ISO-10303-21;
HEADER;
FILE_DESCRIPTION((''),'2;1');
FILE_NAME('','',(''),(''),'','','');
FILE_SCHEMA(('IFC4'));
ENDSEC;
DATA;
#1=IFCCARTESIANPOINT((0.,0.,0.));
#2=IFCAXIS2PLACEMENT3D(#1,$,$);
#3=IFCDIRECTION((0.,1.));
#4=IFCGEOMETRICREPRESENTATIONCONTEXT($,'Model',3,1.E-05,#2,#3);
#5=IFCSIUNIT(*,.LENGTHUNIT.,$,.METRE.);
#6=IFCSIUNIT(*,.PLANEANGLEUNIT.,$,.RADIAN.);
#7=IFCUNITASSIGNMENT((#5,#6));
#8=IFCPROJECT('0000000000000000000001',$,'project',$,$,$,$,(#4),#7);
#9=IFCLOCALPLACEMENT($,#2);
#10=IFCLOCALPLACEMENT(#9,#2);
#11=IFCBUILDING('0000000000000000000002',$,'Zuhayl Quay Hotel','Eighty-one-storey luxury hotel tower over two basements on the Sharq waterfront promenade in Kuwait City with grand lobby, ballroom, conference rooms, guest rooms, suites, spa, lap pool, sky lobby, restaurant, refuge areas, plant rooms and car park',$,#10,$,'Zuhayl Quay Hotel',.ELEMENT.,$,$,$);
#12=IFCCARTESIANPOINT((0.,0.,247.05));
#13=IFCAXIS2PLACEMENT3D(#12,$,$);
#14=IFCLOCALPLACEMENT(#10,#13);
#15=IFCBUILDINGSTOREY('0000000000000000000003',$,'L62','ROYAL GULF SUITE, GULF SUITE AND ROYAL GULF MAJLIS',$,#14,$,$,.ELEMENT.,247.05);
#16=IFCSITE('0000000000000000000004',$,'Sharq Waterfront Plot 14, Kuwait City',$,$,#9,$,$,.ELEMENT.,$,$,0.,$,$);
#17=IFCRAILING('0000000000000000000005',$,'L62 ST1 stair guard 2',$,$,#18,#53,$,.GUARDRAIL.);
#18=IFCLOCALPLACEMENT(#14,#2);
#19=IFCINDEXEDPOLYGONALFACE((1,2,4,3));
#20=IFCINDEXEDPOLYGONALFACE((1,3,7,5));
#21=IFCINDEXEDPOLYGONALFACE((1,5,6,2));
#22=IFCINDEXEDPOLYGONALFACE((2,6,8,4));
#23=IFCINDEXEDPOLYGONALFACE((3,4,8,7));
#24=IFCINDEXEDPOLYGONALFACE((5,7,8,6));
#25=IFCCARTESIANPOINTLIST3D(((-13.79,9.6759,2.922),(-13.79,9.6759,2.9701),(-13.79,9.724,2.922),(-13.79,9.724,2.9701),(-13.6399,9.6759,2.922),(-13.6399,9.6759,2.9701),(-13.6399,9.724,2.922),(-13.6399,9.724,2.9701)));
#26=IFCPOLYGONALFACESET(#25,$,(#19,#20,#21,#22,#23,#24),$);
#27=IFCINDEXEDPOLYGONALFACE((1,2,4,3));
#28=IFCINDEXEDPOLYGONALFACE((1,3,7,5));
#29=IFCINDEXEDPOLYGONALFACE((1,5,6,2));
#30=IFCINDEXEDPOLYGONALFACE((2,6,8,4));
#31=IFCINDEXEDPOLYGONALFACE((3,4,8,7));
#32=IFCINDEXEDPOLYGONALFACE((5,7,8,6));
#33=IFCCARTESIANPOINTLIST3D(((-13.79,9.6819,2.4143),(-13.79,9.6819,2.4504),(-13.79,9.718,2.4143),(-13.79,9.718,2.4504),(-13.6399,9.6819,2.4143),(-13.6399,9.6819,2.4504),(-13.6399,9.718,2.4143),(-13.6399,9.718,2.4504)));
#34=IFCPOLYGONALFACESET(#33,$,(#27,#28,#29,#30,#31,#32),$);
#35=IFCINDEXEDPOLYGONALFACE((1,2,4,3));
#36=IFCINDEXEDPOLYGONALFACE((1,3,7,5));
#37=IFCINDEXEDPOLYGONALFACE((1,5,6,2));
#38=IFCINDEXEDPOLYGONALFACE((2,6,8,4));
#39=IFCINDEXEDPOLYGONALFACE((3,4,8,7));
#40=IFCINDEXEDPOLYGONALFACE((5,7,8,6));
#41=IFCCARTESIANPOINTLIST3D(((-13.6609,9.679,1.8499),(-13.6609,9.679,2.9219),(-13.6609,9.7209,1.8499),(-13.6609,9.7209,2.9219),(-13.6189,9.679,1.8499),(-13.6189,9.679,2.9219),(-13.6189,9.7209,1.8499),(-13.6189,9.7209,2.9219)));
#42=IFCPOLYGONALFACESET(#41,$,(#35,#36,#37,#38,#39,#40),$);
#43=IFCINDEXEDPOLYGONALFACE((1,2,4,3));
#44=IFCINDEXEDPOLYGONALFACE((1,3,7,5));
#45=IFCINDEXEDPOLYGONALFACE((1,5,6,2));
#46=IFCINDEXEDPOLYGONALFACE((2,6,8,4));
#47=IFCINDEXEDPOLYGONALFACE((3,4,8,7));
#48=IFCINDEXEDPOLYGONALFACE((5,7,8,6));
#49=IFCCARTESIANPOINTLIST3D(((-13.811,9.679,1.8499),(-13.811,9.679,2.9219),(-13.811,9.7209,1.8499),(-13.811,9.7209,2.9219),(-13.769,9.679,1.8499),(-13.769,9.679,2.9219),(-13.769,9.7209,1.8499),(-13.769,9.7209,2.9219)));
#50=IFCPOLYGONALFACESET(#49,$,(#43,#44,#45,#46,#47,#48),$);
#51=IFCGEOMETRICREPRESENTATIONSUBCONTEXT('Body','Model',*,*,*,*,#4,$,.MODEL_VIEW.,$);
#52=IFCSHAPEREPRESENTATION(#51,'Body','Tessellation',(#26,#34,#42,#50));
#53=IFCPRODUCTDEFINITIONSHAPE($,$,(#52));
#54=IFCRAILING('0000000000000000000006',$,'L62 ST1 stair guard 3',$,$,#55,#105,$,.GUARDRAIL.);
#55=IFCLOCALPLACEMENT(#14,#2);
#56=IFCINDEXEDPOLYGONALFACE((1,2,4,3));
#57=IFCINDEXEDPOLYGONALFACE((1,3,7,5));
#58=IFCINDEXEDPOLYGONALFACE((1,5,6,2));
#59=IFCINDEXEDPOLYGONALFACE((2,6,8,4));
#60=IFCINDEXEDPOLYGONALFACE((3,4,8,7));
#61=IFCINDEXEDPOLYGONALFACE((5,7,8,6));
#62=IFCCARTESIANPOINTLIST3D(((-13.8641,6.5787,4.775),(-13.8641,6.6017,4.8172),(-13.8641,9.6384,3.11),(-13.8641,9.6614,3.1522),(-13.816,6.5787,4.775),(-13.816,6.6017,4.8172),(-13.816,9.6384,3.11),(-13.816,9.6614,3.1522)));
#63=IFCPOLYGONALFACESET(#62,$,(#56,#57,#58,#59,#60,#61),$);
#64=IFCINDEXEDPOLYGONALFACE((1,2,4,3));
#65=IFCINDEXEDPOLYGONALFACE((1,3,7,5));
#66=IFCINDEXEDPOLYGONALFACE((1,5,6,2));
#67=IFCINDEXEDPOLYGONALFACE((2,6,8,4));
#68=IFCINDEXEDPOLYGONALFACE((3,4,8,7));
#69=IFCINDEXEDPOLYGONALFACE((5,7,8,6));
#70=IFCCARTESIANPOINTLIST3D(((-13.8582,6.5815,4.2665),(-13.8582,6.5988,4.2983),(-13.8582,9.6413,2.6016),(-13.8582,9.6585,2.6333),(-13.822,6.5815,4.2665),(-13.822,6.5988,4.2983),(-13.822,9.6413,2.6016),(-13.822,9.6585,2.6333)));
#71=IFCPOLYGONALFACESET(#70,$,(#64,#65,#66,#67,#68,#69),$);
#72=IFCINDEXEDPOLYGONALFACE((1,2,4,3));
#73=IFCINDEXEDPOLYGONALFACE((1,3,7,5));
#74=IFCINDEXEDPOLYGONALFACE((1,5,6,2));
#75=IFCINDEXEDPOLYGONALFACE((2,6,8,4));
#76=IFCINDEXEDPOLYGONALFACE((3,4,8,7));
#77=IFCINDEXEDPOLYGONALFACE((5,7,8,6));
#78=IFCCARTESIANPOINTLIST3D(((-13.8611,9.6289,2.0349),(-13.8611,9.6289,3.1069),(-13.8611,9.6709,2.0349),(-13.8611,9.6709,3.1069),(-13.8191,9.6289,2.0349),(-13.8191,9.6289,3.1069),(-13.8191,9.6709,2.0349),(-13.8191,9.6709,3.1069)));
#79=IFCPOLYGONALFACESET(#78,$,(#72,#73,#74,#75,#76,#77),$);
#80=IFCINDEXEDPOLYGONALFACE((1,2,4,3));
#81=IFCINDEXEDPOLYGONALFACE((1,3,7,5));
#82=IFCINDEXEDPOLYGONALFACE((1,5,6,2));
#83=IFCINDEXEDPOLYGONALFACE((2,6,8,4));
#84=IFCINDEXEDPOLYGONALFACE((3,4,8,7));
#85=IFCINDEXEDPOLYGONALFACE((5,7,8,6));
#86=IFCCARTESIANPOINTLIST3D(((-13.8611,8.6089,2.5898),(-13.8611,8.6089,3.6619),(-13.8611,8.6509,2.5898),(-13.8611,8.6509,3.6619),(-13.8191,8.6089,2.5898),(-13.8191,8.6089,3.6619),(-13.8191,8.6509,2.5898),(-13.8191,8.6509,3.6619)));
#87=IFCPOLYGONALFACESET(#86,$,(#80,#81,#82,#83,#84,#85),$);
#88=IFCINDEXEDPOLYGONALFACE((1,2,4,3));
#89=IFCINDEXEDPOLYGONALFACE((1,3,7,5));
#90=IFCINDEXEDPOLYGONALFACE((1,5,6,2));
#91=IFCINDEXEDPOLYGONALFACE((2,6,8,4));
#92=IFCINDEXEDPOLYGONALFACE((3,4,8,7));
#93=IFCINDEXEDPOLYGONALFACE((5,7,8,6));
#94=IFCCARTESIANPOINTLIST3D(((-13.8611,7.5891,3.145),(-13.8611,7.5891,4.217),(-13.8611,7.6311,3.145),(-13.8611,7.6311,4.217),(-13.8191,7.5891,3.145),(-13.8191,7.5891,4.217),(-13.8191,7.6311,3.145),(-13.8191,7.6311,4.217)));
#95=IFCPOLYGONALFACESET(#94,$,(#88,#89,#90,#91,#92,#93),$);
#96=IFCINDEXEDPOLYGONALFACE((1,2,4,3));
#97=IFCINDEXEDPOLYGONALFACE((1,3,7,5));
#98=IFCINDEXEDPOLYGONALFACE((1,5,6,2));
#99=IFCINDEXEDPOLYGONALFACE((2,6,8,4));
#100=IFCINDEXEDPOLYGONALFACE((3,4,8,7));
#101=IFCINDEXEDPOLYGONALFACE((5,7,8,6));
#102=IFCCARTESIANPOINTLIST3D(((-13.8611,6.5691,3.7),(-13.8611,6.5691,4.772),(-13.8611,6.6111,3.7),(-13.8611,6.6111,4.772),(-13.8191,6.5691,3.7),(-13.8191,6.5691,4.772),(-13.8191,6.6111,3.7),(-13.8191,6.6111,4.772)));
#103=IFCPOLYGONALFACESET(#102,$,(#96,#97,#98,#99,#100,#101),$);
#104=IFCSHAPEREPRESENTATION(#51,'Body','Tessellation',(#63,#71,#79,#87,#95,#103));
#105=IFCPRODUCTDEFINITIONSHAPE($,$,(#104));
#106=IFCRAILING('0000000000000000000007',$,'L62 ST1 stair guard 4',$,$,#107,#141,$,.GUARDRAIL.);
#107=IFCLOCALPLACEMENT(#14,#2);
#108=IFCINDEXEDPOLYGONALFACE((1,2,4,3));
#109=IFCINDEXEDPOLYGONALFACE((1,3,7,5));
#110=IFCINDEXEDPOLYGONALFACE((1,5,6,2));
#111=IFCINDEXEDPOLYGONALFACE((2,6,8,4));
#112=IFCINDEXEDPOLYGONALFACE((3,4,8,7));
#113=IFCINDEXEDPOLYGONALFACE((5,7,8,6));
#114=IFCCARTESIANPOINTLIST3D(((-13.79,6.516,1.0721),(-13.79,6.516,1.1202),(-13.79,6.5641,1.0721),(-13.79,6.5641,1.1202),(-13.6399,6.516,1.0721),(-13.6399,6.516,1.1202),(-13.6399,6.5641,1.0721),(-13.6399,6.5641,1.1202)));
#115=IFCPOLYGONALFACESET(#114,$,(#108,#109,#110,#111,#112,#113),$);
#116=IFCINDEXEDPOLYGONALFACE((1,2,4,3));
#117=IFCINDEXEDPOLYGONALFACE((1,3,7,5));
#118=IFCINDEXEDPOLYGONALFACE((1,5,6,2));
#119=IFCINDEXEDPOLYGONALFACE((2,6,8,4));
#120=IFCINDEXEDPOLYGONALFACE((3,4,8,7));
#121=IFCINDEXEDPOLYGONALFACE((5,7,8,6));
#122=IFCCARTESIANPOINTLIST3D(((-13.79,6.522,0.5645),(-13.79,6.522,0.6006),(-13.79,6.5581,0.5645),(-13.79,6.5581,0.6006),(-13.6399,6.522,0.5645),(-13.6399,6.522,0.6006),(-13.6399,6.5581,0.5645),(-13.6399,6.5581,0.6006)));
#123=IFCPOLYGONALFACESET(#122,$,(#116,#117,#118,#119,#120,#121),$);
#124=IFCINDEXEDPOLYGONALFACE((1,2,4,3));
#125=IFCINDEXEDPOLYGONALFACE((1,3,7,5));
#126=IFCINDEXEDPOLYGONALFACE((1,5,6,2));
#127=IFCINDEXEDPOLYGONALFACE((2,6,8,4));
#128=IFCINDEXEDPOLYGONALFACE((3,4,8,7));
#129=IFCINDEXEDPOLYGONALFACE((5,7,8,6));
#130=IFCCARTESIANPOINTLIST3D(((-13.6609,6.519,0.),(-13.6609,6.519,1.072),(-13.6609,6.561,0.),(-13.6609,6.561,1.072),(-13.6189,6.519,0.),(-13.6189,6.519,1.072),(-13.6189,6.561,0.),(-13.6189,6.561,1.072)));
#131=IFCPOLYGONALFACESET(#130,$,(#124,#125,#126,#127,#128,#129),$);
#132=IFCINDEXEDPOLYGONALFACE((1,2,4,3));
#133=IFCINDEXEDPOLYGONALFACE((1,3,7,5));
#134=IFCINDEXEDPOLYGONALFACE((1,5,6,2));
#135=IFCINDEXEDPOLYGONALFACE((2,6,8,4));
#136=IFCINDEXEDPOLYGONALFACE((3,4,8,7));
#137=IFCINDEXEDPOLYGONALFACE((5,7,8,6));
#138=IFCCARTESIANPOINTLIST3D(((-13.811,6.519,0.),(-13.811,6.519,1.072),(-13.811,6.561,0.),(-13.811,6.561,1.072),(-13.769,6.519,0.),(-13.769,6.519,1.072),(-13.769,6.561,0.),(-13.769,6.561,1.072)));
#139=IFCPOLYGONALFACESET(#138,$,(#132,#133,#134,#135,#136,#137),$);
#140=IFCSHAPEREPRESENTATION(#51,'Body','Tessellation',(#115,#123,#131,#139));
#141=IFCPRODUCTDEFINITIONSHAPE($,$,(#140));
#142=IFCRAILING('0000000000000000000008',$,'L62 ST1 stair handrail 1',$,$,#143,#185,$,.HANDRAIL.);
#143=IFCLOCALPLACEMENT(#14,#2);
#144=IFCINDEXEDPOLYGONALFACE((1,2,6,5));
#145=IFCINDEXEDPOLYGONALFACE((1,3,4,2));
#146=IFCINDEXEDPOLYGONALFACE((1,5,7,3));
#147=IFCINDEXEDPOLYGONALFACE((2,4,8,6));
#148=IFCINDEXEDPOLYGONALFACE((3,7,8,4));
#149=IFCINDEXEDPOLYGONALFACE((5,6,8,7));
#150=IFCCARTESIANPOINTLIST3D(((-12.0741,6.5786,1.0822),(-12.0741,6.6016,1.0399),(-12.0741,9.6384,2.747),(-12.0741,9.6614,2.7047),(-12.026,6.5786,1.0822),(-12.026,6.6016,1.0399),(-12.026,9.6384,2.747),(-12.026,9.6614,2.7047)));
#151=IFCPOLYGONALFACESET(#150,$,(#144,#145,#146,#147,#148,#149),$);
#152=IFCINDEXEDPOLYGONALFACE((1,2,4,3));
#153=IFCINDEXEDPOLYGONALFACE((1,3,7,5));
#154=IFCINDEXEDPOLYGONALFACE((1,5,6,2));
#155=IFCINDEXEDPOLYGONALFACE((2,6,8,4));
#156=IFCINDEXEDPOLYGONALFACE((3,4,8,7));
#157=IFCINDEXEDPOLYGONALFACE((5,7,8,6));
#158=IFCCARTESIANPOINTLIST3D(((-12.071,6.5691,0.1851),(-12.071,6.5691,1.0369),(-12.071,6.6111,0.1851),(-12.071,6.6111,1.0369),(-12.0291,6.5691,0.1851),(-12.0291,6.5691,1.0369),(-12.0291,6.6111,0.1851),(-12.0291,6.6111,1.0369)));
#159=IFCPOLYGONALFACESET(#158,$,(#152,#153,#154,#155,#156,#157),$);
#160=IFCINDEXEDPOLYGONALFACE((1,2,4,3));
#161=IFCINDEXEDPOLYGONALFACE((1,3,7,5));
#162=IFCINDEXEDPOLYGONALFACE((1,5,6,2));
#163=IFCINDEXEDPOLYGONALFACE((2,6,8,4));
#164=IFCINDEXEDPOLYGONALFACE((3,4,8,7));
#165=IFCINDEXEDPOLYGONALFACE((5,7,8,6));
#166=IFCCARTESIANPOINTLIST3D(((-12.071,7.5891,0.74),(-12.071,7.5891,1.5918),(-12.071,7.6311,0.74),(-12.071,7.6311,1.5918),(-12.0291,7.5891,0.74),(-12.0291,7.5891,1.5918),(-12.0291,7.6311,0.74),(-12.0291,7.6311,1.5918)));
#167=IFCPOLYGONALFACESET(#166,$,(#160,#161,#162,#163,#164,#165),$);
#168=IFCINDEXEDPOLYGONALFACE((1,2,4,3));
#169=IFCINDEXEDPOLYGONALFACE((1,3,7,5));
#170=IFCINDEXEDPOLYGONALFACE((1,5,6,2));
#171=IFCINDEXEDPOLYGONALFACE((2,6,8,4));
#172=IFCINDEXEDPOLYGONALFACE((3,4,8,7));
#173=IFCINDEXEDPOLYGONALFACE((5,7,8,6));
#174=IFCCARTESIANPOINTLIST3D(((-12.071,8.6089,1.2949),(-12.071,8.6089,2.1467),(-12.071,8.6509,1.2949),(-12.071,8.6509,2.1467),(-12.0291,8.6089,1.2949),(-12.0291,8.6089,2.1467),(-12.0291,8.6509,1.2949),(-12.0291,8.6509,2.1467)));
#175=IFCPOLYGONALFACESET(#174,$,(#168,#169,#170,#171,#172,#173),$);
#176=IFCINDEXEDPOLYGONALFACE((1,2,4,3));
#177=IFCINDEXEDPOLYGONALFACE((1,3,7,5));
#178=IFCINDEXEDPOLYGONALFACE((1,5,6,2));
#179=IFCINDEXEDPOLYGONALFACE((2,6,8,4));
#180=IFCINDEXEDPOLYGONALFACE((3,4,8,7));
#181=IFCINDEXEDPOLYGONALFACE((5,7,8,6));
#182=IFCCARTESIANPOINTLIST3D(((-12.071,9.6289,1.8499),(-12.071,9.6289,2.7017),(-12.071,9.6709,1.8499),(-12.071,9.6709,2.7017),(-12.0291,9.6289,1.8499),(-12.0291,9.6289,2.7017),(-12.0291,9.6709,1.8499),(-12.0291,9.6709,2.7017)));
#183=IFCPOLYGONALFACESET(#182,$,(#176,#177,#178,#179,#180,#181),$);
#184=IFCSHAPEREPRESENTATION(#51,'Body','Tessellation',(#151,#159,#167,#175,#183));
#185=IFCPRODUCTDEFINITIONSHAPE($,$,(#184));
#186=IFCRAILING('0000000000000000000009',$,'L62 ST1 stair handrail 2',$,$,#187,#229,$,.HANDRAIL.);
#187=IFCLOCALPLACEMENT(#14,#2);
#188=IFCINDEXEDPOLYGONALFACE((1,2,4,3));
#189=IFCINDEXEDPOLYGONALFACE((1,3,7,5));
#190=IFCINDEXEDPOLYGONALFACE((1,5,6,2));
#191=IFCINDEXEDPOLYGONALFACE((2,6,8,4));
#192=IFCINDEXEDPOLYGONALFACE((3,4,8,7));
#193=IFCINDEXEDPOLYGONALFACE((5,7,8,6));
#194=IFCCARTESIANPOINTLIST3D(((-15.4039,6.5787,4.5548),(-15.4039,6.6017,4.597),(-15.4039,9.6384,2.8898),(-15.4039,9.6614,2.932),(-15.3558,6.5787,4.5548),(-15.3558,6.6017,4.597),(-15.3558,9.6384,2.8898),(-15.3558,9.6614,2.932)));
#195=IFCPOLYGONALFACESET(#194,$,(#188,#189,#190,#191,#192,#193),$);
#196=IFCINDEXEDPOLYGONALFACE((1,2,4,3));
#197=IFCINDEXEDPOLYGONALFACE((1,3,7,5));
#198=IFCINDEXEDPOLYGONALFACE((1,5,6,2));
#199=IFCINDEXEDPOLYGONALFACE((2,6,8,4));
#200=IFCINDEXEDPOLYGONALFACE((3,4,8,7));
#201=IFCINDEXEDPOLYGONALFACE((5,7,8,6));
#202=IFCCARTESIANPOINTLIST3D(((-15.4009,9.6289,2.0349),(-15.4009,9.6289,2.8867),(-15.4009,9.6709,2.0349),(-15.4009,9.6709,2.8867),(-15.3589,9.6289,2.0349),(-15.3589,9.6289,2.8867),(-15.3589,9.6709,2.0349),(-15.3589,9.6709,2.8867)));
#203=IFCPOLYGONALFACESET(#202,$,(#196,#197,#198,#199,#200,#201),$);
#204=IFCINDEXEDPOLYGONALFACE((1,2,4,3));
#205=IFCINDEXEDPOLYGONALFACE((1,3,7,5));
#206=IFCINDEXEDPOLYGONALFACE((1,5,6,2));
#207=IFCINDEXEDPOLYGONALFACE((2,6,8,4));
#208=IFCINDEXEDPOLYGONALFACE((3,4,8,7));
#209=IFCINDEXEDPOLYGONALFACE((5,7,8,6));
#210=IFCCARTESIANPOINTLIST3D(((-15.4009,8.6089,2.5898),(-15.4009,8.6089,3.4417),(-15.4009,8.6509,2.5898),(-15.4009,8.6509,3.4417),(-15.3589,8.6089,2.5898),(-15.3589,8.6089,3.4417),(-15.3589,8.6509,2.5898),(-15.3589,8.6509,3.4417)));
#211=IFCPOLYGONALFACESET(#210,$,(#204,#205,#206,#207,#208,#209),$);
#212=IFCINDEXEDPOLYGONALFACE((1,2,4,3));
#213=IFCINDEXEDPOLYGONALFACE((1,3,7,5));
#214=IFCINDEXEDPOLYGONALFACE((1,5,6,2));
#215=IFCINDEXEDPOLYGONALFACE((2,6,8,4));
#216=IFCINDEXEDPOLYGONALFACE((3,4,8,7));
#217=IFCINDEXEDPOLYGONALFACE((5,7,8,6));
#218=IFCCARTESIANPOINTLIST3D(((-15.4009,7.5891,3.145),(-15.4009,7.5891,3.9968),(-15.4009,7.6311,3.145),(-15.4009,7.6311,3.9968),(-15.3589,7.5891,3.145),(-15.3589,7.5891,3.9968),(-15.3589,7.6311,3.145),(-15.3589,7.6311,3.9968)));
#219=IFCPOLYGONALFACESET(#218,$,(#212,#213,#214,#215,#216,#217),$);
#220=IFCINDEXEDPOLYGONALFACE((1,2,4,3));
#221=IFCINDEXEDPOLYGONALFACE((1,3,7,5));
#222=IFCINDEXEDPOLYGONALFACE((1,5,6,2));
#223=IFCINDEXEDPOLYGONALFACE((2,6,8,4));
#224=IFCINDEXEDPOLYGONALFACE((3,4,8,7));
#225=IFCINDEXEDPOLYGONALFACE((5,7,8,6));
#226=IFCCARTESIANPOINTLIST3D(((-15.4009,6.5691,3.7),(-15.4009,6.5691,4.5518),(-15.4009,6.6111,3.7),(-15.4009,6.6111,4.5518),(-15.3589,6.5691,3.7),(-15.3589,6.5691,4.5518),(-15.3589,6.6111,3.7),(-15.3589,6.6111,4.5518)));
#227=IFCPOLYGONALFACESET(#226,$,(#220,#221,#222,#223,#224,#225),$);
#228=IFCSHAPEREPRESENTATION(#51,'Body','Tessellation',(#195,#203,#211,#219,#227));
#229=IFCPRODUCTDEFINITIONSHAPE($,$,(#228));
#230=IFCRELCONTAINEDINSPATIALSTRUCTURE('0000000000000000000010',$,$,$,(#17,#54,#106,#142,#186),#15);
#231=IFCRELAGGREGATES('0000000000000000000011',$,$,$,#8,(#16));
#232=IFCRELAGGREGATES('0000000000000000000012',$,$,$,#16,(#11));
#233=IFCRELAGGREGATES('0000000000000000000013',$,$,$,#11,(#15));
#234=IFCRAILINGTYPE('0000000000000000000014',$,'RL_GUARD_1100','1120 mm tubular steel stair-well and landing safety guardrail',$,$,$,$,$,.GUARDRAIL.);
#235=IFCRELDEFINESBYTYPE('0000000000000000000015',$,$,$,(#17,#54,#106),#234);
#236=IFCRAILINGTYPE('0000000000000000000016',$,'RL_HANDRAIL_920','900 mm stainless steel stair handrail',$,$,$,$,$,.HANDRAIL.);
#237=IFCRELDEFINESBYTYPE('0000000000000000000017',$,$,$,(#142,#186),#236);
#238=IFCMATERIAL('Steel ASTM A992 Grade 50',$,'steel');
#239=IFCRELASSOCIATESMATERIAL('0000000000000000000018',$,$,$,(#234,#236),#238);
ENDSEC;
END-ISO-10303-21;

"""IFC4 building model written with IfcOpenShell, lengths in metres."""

from ifc_helpers import new_model, si_unit, direction, frame, origin, origin_2d, place, context, subcontext, project, spatial, rectangle, extrude, material, type_object, element, save


model = new_model("IFC4")

# Units and contexts
model_context = context("Model", 3, precision=1e-05, world=origin(), true_north=direction((0.0, 1.0)))
body_context = subcontext(model_context, "Body", "Model", "MODEL_VIEW")
ifc_project = project(units=[si_unit("LENGTHUNIT", "METRE"), si_unit("PLANEANGLEUNIT", "RADIAN")], contexts=[model_context])

# Site, building, storey
site_placement = place(None, origin())
site = spatial("IfcSite", under=ifc_project, at=site_placement, Name="Sharq Waterfront Plot 14, Kuwait City", CompositionType="ELEMENT", RefElevation=0.0)
building_placement = place(site_placement, origin())
building = spatial("IfcBuilding", under=site, at=building_placement, Name="Zuhayl Quay Hotel", Description="Eighty-one-storey luxury hotel tower over two basements on the Sharq waterfront promenade in Kuwait City with grand lobby, ballroom, conference rooms, guest rooms, suites, spa, lap pool, sky lobby, restaurant, refuge areas, plant rooms and car park", LongName="Zuhayl Quay Hotel", CompositionType="ELEMENT")
storey_placement = place(building_placement, frame((0.0, 0.0, 247.05)))
storey = spatial("IfcBuildingStorey", under=building, at=storey_placement, Name="L62", Description="ROYAL GULF SUITE, GULF SUITE AND ROYAL GULF MAJLIS", CompositionType="ELEMENT", Elevation=247.05)

# Shared definitions
ifc_material_1 = material(Name="Steel ASTM A992 Grade 50", Category="steel")

# Railings
railing_type_1 = type_object("IfcRailingType", Name="RL_GUARD_1100", Description="1120 mm tubular steel stair-well and landing safety guardrail", PredefinedType="GUARDRAIL", material=ifc_material_1)
railing_1_placement = place(storey_placement, frame((-13.6399, 9.7, 1.8499)))
element("IfcRailing", 1, at=railing_1_placement, inside=storey, type_object=railing_type_1, Name="L62 ST1 stair guard 2", PredefinedType="GUARDRAIL", context=body_context, shape_type="SweptSolid", body=[
    extrude(rectangle(XDim=0.0481, YDim=0.0481, at=origin_2d()), frame((0.0, 0.0, 1.0962), z_axis=(-1.0, 0.0, 0.0), x_axis=(0.0, -1.0, 0.0)), (0.0, 0.0, 1.0), 0.1501),
    extrude(rectangle(XDim=0.0361, YDim=0.0361, at=origin_2d()), frame((0.0, 0.0, 0.5825), z_axis=(-1.0, 0.0, 0.0), x_axis=(0.0, -1.0, 0.0)), (0.0, 0.0, 1.0), 0.1501),
    extrude(rectangle(XDim=0.042, YDim=0.042, at=origin_2d()), origin(), (0.0, 0.0, 1.0), 1.072),
    extrude(rectangle(XDim=0.042, YDim=0.042, at=origin_2d()), frame((-0.1501, 0.0, 0.0)), (0.0, 0.0, 1.0), 1.072),
])
railing_2_placement = place(storey_placement, frame((-13.8401, 9.6499, 2.0349)))
element("IfcRailing", 2, at=railing_2_placement, inside=storey, type_object=railing_type_1, Name="L62 ST1 stair guard 3", PredefinedType="GUARDRAIL", context=body_context, shape_type="SweptSolid", body=[
    extrude(rectangle(XDim=0.0481, YDim=0.0481, at=origin_2d()), frame((0.0, 0.0, 1.0962), z_axis=(0.0, -0.878372, 0.477978), x_axis=(1.0, 0.0, 0.0)), (0.0, 0.0, 1.0), 3.4834),
    extrude(rectangle(XDim=0.0361, YDim=0.0361, at=origin_2d()), frame((0.0, 0.0, 0.5825), z_axis=(0.0, -0.878372, 0.477978), x_axis=(1.0, 0.0, 0.0)), (0.0, 0.0, 1.0), 3.4834),
    extrude(rectangle(XDim=0.042, YDim=0.042, at=origin_2d()), origin(), (0.0, 0.0, 1.0), 1.072),
    extrude(rectangle(XDim=0.042, YDim=0.042, at=origin_2d()), frame((0.0, -1.02, 0.5549)), (0.0, 0.0, 1.0), 1.072),
    extrude(rectangle(XDim=0.042, YDim=0.042, at=origin_2d()), frame((0.0, -2.0398, 1.1101)), (0.0, 0.0, 1.0), 1.072),
    extrude(rectangle(XDim=0.042, YDim=0.042, at=origin_2d()), frame((0.0, -3.0598, 1.665)), (0.0, 0.0, 1.0), 1.072),
])
railing_3_placement = place(storey_placement, frame((-13.6399, 6.54, 0.0)))
element("IfcRailing", 3, at=railing_3_placement, inside=storey, type_object=railing_type_1, Name="L62 ST1 stair guard 4", PredefinedType="GUARDRAIL", context=body_context, shape_type="SweptSolid", body=[
    extrude(rectangle(XDim=0.0481, YDim=0.0481, at=origin_2d()), frame((0.0, 0.0, 1.0962), z_axis=(-1.0, 0.0, 0.0), x_axis=(0.0, -1.0, 0.0)), (0.0, 0.0, 1.0), 0.1501),
    extrude(rectangle(XDim=0.0361, YDim=0.0361, at=origin_2d()), frame((0.0, 0.0, 0.5825), z_axis=(-1.0, 0.0, 0.0), x_axis=(0.0, -1.0, 0.0)), (0.0, 0.0, 1.0), 0.1501),
    extrude(rectangle(XDim=0.042, YDim=0.042, at=origin_2d()), origin(), (0.0, 0.0, 1.0), 1.072),
    extrude(rectangle(XDim=0.042, YDim=0.042, at=origin_2d()), frame((-0.1501, 0.0, 0.0)), (0.0, 0.0, 1.0), 1.072),
])
railing_type_2 = type_object("IfcRailingType", Name="RL_HANDRAIL_920", Description="900 mm stainless steel stair handrail", PredefinedType="HANDRAIL", material=ifc_material_1)
railing_4_placement = place(storey_placement, frame((-12.05, 6.5901, 0.1851)))
element("IfcRailing", 4, at=railing_4_placement, inside=storey, type_object=railing_type_2, Name="L62 ST1 stair handrail 1", PredefinedType="HANDRAIL", context=body_context, shape_type="SweptSolid", body=[
    extrude(rectangle(XDim=0.0481, YDim=0.0481, at=origin_2d()), frame((0.0, 0.0, 0.876), z_axis=(0.0, 0.878401, 0.477924), x_axis=(-1.0, 0.0, 0.0)), (0.0, 0.0, 1.0), 3.4834),
    extrude(rectangle(XDim=0.042, YDim=0.042, at=origin_2d()), origin(), (0.0, 0.0, 1.0), 0.8518),
    extrude(rectangle(XDim=0.042, YDim=0.042, at=origin_2d()), frame((0.0, 1.02, 0.5549)), (0.0, 0.0, 1.0), 0.8518),
    extrude(rectangle(XDim=0.042, YDim=0.042, at=origin_2d()), frame((0.0, 2.0398, 1.1099)), (0.0, 0.0, 1.0), 0.8518),
    extrude(rectangle(XDim=0.042, YDim=0.042, at=origin_2d()), frame((0.0, 3.0598, 1.6648)), (0.0, 0.0, 1.0), 0.8518),
])
railing_5_placement = place(storey_placement, frame((-15.3799, 9.6499, 2.0349)))
element("IfcRailing", 5, at=railing_5_placement, inside=storey, type_object=railing_type_2, Name="L62 ST1 stair handrail 2", PredefinedType="HANDRAIL", context=body_context, shape_type="SweptSolid", body=[
    extrude(rectangle(XDim=0.0481, YDim=0.0481, at=origin_2d()), frame((0.0, 0.0, 0.876), z_axis=(0.0, -0.878372, 0.477978), x_axis=(1.0, 0.0, 0.0)), (0.0, 0.0, 1.0), 3.4834),
    extrude(rectangle(XDim=0.042, YDim=0.042, at=origin_2d()), origin(), (0.0, 0.0, 1.0), 0.8518),
    extrude(rectangle(XDim=0.042, YDim=0.042, at=origin_2d()), frame((0.0, -1.02, 0.5549)), (0.0, 0.0, 1.0), 0.8518),
    extrude(rectangle(XDim=0.042, YDim=0.042, at=origin_2d()), frame((0.0, -2.0398, 1.1101)), (0.0, 0.0, 1.0), 0.8518),
    extrude(rectangle(XDim=0.042, YDim=0.042, at=origin_2d()), frame((0.0, -3.0598, 1.665)), (0.0, 0.0, 1.0), 0.8518),
])

save(model, "model.ifc")
